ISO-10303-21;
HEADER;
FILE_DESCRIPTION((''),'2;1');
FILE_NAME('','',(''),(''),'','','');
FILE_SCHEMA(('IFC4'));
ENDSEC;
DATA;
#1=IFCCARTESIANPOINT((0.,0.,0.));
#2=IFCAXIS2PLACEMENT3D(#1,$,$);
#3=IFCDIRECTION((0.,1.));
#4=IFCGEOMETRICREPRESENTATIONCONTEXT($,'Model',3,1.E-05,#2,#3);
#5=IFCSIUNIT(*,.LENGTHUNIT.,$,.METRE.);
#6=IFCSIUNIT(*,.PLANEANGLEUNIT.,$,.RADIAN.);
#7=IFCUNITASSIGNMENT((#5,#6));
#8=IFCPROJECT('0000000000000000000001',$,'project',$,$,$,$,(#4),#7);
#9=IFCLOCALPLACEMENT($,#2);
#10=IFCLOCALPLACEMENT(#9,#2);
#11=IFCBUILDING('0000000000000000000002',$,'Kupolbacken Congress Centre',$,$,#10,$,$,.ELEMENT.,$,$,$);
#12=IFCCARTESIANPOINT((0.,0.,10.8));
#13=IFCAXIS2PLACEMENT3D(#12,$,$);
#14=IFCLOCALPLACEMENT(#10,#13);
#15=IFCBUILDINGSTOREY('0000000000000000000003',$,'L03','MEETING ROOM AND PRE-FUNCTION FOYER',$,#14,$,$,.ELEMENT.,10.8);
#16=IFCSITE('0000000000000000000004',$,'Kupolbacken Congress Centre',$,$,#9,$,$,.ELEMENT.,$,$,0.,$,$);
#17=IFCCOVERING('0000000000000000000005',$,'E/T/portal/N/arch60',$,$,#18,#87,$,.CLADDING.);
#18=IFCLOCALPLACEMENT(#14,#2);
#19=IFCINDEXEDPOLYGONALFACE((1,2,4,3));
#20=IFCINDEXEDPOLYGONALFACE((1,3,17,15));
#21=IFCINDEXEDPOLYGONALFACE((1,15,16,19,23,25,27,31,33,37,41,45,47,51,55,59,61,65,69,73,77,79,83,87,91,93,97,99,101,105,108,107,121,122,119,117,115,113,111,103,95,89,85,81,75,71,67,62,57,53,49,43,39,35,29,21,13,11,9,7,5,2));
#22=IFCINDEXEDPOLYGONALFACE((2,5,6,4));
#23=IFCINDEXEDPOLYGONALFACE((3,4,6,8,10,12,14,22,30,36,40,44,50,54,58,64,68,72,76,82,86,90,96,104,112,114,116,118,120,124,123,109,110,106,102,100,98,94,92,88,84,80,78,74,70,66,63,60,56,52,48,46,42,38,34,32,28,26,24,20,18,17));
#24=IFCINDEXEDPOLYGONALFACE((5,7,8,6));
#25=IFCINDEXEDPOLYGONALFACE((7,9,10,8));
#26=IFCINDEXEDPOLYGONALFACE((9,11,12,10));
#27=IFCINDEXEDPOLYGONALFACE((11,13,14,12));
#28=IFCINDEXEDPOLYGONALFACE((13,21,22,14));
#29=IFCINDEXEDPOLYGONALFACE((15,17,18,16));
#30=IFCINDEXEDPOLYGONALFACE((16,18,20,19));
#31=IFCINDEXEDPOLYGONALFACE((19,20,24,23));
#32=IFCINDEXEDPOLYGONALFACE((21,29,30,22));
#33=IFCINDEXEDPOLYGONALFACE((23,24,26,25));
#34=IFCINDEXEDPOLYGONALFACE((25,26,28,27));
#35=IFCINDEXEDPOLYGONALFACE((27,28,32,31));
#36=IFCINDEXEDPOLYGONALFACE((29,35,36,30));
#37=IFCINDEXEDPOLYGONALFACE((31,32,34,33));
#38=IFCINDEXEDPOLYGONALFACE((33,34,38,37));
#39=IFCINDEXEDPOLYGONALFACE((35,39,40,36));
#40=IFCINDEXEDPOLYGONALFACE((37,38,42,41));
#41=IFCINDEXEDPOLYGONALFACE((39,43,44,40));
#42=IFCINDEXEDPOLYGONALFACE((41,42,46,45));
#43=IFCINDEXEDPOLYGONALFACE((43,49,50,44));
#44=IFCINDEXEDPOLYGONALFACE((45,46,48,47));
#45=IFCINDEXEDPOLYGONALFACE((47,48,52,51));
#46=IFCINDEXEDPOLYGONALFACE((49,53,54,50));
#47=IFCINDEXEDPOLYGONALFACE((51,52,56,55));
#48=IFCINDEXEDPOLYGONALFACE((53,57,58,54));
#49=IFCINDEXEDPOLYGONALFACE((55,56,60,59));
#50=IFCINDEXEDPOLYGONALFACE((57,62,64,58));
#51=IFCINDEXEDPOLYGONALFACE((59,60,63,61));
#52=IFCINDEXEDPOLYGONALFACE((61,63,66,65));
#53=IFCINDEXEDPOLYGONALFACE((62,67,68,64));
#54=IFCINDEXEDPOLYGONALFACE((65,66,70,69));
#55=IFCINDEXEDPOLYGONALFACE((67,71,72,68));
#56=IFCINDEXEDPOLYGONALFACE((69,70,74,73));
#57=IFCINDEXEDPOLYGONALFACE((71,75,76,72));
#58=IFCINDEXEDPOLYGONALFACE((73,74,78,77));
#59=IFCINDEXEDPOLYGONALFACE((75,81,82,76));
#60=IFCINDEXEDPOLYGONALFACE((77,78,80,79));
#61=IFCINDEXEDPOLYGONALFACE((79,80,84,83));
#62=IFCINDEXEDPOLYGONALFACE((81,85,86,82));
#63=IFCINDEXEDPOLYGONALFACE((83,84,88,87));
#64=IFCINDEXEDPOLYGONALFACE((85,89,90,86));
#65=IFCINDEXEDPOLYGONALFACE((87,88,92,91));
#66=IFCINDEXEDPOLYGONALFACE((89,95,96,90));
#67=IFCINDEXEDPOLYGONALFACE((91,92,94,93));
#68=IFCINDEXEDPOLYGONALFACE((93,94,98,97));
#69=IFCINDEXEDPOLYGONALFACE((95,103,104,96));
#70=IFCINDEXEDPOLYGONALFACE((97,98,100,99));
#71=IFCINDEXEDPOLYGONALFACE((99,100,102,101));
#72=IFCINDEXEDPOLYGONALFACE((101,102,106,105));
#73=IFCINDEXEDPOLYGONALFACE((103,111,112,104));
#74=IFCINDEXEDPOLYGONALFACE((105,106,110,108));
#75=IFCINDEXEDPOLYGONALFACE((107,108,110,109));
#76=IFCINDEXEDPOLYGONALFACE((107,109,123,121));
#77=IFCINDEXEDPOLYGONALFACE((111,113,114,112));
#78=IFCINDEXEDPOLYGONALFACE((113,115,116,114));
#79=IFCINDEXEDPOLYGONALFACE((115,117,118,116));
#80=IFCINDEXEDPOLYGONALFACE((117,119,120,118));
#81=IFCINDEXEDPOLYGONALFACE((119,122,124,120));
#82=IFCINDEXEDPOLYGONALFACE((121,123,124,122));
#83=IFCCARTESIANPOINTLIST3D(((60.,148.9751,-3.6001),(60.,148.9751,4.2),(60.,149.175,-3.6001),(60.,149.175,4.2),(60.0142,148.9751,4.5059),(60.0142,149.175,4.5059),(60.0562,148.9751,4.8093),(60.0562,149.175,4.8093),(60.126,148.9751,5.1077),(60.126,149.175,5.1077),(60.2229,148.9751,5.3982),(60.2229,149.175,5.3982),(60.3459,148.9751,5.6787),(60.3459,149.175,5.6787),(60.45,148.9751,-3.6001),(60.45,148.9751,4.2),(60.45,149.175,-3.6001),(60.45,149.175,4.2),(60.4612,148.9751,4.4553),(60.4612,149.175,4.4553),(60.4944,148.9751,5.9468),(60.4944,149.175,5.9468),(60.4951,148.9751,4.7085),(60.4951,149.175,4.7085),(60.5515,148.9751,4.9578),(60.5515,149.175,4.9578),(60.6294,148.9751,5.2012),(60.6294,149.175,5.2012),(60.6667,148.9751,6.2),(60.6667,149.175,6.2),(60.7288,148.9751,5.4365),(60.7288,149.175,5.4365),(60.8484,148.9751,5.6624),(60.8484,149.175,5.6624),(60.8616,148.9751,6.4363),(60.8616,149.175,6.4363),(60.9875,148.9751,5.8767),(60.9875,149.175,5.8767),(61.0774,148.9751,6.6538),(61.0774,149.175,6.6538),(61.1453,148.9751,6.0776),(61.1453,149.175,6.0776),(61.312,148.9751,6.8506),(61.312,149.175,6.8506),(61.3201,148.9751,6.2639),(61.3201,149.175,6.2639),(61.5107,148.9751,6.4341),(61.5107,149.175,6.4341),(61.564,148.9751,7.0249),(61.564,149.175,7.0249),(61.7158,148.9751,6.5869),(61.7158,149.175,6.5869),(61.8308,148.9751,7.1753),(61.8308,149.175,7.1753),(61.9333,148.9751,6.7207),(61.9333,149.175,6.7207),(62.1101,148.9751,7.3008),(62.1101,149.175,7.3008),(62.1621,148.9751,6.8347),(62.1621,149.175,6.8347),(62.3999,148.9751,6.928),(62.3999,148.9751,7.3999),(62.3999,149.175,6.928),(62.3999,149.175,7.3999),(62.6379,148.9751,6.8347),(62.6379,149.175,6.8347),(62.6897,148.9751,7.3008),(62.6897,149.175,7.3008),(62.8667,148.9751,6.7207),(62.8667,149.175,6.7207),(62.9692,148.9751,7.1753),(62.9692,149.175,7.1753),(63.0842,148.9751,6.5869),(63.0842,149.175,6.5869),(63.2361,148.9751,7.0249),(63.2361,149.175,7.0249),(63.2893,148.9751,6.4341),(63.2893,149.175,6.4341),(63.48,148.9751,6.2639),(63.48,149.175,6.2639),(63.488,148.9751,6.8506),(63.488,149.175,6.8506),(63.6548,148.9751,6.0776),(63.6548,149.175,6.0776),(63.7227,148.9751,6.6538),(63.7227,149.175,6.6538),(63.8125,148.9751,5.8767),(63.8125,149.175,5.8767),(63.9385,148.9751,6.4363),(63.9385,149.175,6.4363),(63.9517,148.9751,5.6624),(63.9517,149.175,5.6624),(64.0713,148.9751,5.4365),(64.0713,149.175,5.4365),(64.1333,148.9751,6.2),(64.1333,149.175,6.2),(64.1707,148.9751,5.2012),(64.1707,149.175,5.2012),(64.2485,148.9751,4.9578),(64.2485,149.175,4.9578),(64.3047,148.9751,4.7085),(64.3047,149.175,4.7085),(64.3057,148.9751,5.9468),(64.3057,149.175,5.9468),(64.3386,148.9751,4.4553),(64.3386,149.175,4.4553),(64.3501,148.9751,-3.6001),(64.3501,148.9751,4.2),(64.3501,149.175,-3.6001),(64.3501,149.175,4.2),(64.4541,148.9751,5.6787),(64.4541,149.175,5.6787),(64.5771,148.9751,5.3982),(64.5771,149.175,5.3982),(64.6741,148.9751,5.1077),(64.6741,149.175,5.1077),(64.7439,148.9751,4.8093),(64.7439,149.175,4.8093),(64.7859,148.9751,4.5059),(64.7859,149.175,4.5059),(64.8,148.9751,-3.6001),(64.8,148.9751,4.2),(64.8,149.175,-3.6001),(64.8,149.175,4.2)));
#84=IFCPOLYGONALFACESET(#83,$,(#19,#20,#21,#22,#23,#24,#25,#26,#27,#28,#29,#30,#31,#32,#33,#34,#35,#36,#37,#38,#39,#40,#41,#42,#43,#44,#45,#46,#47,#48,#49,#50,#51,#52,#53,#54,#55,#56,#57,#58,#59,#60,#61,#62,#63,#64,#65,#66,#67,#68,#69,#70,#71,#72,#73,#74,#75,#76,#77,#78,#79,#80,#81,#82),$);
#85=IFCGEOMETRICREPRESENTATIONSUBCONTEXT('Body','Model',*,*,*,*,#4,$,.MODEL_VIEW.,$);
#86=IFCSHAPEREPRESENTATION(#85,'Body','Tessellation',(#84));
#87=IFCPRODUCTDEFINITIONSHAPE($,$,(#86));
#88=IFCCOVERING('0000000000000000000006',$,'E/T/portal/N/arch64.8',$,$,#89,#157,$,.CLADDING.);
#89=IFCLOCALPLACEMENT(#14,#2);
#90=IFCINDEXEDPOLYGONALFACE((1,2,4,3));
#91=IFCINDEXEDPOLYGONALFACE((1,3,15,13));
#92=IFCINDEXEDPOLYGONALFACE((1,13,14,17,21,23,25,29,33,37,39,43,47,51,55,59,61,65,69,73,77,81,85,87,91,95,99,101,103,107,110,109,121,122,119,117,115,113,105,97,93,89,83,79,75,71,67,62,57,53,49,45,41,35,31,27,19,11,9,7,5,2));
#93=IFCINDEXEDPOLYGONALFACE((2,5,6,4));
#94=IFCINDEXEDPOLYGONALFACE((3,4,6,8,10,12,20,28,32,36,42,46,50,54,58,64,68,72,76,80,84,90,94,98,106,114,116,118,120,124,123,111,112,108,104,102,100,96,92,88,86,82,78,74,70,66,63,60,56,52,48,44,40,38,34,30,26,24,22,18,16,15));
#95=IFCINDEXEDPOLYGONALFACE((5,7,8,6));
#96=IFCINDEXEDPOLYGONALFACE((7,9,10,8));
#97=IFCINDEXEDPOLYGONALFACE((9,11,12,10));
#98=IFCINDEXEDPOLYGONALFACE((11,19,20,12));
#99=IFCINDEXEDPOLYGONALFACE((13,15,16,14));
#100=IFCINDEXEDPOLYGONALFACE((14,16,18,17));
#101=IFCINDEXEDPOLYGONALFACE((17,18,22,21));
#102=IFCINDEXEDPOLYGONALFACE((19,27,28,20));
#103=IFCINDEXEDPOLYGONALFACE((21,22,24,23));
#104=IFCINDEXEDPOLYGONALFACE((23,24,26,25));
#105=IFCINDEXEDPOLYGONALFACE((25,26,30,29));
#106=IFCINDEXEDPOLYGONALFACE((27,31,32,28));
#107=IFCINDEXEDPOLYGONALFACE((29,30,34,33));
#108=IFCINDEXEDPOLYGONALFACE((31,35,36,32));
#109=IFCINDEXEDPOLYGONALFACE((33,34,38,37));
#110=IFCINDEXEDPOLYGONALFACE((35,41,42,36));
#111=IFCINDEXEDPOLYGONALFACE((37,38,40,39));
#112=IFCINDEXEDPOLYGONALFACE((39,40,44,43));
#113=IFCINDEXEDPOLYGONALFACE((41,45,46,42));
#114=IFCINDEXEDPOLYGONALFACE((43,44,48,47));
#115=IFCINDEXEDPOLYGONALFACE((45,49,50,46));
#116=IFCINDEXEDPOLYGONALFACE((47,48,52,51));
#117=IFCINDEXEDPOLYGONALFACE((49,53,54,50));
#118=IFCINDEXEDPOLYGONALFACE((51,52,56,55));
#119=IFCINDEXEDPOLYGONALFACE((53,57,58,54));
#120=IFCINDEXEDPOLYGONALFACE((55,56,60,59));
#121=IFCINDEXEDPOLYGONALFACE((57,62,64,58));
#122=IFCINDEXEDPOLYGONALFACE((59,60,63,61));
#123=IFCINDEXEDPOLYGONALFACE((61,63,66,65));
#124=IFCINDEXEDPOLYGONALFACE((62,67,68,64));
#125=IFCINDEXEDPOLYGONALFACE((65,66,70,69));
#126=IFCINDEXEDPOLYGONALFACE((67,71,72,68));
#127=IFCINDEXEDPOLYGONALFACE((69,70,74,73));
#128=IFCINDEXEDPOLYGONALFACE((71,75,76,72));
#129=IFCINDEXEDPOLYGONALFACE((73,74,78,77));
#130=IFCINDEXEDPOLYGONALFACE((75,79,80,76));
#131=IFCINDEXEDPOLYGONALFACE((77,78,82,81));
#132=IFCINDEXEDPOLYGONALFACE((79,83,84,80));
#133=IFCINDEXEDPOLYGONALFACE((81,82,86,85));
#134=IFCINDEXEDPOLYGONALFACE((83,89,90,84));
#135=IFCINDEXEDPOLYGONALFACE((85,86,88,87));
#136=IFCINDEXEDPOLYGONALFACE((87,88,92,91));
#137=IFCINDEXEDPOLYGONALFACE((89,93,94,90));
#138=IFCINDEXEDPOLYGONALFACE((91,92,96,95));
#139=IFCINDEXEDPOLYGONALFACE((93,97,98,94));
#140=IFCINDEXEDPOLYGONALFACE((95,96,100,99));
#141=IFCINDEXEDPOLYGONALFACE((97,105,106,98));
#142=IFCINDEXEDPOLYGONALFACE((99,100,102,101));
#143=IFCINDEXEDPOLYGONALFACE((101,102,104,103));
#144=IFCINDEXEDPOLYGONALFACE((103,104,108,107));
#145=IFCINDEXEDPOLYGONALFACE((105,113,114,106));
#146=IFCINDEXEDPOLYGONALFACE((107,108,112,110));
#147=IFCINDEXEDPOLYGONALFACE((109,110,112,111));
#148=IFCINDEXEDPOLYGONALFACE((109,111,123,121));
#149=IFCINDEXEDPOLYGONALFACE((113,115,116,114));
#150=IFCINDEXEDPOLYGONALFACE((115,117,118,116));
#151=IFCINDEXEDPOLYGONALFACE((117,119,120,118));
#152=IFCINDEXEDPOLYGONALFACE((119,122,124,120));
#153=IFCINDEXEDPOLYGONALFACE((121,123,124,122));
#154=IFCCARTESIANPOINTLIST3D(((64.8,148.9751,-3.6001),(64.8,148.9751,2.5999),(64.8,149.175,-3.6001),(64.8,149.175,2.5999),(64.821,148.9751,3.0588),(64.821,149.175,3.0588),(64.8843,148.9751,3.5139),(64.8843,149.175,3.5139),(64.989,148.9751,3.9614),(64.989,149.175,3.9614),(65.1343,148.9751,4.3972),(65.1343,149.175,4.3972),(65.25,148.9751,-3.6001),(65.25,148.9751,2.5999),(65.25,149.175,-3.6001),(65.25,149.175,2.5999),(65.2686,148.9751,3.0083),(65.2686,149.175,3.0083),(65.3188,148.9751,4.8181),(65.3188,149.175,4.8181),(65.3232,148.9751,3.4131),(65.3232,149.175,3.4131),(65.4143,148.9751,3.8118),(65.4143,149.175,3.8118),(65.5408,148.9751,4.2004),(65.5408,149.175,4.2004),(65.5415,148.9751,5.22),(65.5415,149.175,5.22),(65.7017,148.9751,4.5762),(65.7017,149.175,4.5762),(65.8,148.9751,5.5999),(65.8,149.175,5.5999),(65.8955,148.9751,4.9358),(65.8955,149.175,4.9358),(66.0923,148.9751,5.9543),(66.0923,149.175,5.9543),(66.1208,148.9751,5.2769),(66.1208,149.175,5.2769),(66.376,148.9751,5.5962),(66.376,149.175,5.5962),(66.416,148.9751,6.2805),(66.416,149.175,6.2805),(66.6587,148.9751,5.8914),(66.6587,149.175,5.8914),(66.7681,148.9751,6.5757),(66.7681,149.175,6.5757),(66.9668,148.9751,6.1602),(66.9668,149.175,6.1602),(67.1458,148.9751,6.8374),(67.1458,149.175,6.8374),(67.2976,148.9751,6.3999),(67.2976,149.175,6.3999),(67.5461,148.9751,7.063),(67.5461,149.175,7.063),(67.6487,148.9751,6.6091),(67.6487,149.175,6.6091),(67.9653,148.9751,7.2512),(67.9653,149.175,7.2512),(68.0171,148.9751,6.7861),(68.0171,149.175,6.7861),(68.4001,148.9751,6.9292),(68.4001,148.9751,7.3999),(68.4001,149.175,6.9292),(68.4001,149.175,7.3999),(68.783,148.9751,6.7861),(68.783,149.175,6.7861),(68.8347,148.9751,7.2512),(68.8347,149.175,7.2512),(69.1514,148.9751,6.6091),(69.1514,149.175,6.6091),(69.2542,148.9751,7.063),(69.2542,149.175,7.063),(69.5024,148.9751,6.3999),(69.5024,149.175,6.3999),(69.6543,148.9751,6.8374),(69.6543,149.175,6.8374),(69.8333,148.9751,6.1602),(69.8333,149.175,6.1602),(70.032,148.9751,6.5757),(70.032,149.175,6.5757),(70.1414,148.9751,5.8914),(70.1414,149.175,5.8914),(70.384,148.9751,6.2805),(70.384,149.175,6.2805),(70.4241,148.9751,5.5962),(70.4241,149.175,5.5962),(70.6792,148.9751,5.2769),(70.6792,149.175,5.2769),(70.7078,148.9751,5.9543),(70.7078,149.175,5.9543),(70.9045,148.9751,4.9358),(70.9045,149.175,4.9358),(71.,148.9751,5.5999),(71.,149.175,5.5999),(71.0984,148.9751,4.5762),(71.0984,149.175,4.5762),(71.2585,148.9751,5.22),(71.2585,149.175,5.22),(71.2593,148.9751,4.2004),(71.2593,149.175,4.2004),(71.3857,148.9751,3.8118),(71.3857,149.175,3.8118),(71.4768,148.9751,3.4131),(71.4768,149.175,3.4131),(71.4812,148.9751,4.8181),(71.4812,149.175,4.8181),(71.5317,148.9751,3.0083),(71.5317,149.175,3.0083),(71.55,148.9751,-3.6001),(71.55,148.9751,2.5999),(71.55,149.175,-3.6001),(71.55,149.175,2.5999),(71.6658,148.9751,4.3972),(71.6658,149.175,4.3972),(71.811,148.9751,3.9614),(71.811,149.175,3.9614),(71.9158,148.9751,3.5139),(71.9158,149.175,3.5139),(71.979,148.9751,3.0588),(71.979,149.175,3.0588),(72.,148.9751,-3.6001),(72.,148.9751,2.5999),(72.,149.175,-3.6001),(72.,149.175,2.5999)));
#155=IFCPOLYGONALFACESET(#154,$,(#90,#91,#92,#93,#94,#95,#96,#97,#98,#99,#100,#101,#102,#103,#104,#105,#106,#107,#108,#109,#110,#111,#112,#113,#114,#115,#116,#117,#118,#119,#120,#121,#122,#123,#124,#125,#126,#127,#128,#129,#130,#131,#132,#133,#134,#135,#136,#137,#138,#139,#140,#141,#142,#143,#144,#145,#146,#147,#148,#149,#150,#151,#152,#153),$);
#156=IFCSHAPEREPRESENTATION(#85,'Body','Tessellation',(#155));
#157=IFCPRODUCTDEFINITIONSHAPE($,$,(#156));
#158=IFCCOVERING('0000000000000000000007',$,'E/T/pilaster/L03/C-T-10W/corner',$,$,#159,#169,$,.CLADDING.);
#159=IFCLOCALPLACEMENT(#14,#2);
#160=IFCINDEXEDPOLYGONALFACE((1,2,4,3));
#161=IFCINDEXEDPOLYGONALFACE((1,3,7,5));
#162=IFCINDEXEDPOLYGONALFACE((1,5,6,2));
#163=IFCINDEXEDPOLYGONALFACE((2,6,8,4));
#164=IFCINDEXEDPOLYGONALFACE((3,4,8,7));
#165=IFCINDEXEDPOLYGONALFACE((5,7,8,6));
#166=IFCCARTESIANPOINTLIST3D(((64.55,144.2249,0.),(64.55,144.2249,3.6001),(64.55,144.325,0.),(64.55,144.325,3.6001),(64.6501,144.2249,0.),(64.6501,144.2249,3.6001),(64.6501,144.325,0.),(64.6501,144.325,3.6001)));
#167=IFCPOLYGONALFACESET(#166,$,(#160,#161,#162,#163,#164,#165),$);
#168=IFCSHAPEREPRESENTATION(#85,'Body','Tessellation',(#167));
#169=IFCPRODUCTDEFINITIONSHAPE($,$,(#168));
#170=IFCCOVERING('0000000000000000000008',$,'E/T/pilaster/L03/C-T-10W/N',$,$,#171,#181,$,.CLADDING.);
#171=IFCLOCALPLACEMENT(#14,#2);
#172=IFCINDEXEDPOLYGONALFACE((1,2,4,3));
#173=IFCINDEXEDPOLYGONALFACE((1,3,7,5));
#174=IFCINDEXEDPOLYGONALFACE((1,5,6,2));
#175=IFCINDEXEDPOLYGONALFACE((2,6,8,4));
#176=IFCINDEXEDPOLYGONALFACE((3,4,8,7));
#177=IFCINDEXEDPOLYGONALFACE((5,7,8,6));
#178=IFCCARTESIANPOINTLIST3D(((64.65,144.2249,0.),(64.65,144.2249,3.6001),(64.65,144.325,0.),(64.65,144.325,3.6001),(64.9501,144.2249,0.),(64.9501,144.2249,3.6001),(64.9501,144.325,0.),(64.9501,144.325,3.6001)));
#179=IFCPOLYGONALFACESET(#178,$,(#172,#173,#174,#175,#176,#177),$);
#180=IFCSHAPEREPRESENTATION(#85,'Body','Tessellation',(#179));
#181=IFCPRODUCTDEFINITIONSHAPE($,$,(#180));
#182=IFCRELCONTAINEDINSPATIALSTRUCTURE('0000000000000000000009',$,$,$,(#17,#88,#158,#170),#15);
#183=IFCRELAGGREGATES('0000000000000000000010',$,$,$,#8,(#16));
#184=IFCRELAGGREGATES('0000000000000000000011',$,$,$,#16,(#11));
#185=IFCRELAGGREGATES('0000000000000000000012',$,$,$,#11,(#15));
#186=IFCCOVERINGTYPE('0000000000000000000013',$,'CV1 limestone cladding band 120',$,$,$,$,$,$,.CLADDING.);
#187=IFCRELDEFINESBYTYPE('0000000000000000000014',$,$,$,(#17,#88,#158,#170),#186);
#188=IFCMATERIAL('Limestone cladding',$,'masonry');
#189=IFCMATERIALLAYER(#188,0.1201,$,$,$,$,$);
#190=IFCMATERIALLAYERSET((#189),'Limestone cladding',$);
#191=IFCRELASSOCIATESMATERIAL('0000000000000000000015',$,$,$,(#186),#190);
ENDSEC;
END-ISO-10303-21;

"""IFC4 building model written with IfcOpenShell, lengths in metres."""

from ifc_helpers import new_model, si_unit, direction, frame, origin, origin_2d, place, context, subcontext, project, spatial, polyline, rectangle, outline, extrude, material, layer, layer_set, type_object, element, save


model = new_model("IFC4")

# Units and contexts
model_context = context("Model", 3, precision=1e-05, world=origin(), true_north=direction((0.0, 1.0)))
body_context = subcontext(model_context, "Body", "Model", "MODEL_VIEW")
ifc_project = project(units=[si_unit("LENGTHUNIT", "METRE"), si_unit("PLANEANGLEUNIT", "RADIAN")], contexts=[model_context])

# Site, building, storey
site_placement = place(None, origin())
site = spatial("IfcSite", under=ifc_project, at=site_placement, Name="Kupolbacken Congress Centre", CompositionType="ELEMENT", RefElevation=0.0)
building_placement = place(site_placement, origin())
building = spatial("IfcBuilding", under=site, at=building_placement, Name="Kupolbacken Congress Centre", CompositionType="ELEMENT")
storey_placement = place(building_placement, frame((0.0, 0.0, 10.8)))
storey = spatial("IfcBuildingStorey", under=building, at=storey_placement, Name="L03", Description="MEETING ROOM AND PRE-FUNCTION FOYER", CompositionType="ELEMENT", Elevation=10.8)

# Coverings
ifc_material_1 = material(Name="Limestone cladding", Category="masonry")
ifc_layer_1 = layer(ifc_material_1, 0.1201)
ifc_layer_set_1 = layer_set([ifc_layer_1], Name="Limestone cladding")
covering_type = type_object("IfcCoveringType", Name="CV1 limestone cladding band 120", PredefinedType="CLADDING", material=ifc_layer_set_1)
covering_1_placement = place(storey_placement, frame((60.0, 148.9751, -3.6001), z_axis=(0.0, 1.0, 0.0), x_axis=(-1.0, 0.0, 0.0)))
element("IfcCovering", 1, at=covering_1_placement, inside=storey, type_object=covering_type, Name="E/T/portal/N/arch60", PredefinedType="CLADDING", context=body_context, shape_type="SweptSolid", body=[
    extrude(outline(polyline([(0.0, 0.0), (0.0, 7.8), (-0.0142, 8.106), (-0.0562, 8.4094), (-0.126, 8.7078), (-0.2229, 8.9983), (-0.3459, 9.2788), (-0.4944, 9.5469), (-0.6667, 9.8), (-0.8616, 10.0364), (-1.0774, 10.2539), (-1.312, 10.4507), (-1.564, 10.625), (-1.8308, 10.7754), (-2.1101, 10.9009), (-2.3999, 11.0), (-2.6897, 10.9009), (-2.9692, 10.7754), (-3.2361, 10.625), (-3.488, 10.4507), (-3.7227, 10.2539), (-3.9385, 10.0364), (-4.1333, 9.8), (-4.3057, 9.5469), (-4.4541, 9.2788), (-4.5771, 8.9983), (-4.6741, 8.7078), (-4.7439, 8.4094), (-4.7859, 8.106), (-4.8, 7.8), (-4.8, 0.0), (-4.3501, 0.0), (-4.3501, 7.8), (-4.3386, 8.0554), (-4.3047, 8.3086), (-4.2485, 8.5579), (-4.1707, 8.8013), (-4.0713, 9.0366), (-3.9517, 9.2625), (-3.8125, 9.4768), (-3.6548, 9.6777), (-3.48, 9.864), (-3.2893, 10.0342), (-3.0842, 10.187), (-2.8667, 10.3208), (-2.6379, 10.4348), (-2.3999, 10.5281), (-2.1621, 10.4348), (-1.9333, 10.3208), (-1.7158, 10.187), (-1.5107, 10.0342), (-1.3201, 9.864), (-1.1453, 9.6777), (-0.9875, 9.4768), (-0.8484, 9.2625), (-0.7288, 9.0366), (-0.6294, 8.8013), (-0.5515, 8.5579), (-0.4951, 8.3086), (-0.4612, 8.0554), (-0.45, 7.8), (-0.45, 0.0), (0.0, 0.0)])), origin(), (0.0, 0.0, 1.0), 0.2),
])
covering_2_placement = place(storey_placement, frame((64.8, 148.9751, -3.6001), z_axis=(0.0, 1.0, 0.0), x_axis=(-1.0, 0.0, 0.0)))
element("IfcCovering", 2, at=covering_2_placement, inside=storey, type_object=covering_type, Name="E/T/portal/N/arch64.8", PredefinedType="CLADDING", context=body_context, shape_type="SweptSolid", body=[
    extrude(outline(polyline([(0.0, 0.0), (0.0, 6.2), (-0.021, 6.6589), (-0.0842, 7.114), (-0.189, 7.5615), (-0.3342, 7.9973), (-0.5188, 8.4182), (-0.7415, 8.8201), (-1.0, 9.2), (-1.2922, 9.5544), (-1.616, 9.8806), (-1.968, 10.1758), (-2.3457, 10.4375), (-2.7461, 10.6631), (-3.1653, 10.8513), (-3.6001, 11.0), (-4.0347, 10.8513), (-4.4541, 10.6631), (-4.8542, 10.4375), (-5.2319, 10.1758), (-5.584, 9.8806), (-5.9077, 9.5544), (-6.2, 9.2), (-6.4585, 8.8201), (-6.6812, 8.4182), (-6.8657, 7.9973), (-7.011, 7.5615), (-7.1157, 7.114), (-7.179, 6.6589), (-7.2, 6.2), (-7.2, 0.0), (-6.75, 0.0), (-6.75, 6.2), (-6.7317, 6.6084), (-6.6768, 7.0132), (-6.5857, 7.4119), (-6.4592, 7.8005), (-6.2983, 8.1763), (-6.1045, 8.5359), (-5.8792, 8.877), (-5.624, 9.1963), (-5.3413, 9.4915), (-5.0332, 9.7603), (-4.7024, 10.0), (-4.3513, 10.2092), (-3.9829, 10.3862), (-3.6001, 10.5293), (-3.217, 10.3862), (-2.8486, 10.2092), (-2.4976, 10.0), (-2.1667, 9.7603), (-1.8586, 9.4915), (-1.5759, 9.1963), (-1.3208, 8.877), (-1.0955, 8.5359), (-0.9016, 8.1763), (-0.7407, 7.8005), (-0.6143, 7.4119), (-0.5232, 7.0132), (-0.4685, 6.6084), (-0.45, 6.2), (-0.45, 0.0), (0.0, 0.0)])), origin(), (0.0, 0.0, 1.0), 0.2),
])
covering_3_placement = place(storey_placement, frame((64.6001, 144.2749, 0.0), z_axis=(0.0, 0.0, 1.0), x_axis=(1.0, 0.0, 0.0)))
element("IfcCovering", 3, at=covering_3_placement, inside=storey, type_object=covering_type, Name="E/T/pilaster/L03/C-T-10W/corner", PredefinedType="CLADDING", context=body_context, shape_type="SweptSolid", body=[
    extrude(rectangle(XDim=0.1001, YDim=0.1001, at=origin_2d()), origin(), (0.0, 0.0, 1.0), 3.6001),
])
covering_4_placement = place(storey_placement, frame((64.8, 144.2749, 0.0), z_axis=(0.0, 0.0, 1.0), x_axis=(1.0, 0.0, 0.0)))
element("IfcCovering", 4, at=covering_4_placement, inside=storey, type_object=covering_type, Name="E/T/pilaster/L03/C-T-10W/N", PredefinedType="CLADDING", context=body_context, shape_type="SweptSolid", body=[
    extrude(rectangle(XDim=0.3, YDim=0.1001, at=origin_2d()), origin(), (0.0, 0.0, 1.0), 3.6001),
])

save(model, "model.ifc")
